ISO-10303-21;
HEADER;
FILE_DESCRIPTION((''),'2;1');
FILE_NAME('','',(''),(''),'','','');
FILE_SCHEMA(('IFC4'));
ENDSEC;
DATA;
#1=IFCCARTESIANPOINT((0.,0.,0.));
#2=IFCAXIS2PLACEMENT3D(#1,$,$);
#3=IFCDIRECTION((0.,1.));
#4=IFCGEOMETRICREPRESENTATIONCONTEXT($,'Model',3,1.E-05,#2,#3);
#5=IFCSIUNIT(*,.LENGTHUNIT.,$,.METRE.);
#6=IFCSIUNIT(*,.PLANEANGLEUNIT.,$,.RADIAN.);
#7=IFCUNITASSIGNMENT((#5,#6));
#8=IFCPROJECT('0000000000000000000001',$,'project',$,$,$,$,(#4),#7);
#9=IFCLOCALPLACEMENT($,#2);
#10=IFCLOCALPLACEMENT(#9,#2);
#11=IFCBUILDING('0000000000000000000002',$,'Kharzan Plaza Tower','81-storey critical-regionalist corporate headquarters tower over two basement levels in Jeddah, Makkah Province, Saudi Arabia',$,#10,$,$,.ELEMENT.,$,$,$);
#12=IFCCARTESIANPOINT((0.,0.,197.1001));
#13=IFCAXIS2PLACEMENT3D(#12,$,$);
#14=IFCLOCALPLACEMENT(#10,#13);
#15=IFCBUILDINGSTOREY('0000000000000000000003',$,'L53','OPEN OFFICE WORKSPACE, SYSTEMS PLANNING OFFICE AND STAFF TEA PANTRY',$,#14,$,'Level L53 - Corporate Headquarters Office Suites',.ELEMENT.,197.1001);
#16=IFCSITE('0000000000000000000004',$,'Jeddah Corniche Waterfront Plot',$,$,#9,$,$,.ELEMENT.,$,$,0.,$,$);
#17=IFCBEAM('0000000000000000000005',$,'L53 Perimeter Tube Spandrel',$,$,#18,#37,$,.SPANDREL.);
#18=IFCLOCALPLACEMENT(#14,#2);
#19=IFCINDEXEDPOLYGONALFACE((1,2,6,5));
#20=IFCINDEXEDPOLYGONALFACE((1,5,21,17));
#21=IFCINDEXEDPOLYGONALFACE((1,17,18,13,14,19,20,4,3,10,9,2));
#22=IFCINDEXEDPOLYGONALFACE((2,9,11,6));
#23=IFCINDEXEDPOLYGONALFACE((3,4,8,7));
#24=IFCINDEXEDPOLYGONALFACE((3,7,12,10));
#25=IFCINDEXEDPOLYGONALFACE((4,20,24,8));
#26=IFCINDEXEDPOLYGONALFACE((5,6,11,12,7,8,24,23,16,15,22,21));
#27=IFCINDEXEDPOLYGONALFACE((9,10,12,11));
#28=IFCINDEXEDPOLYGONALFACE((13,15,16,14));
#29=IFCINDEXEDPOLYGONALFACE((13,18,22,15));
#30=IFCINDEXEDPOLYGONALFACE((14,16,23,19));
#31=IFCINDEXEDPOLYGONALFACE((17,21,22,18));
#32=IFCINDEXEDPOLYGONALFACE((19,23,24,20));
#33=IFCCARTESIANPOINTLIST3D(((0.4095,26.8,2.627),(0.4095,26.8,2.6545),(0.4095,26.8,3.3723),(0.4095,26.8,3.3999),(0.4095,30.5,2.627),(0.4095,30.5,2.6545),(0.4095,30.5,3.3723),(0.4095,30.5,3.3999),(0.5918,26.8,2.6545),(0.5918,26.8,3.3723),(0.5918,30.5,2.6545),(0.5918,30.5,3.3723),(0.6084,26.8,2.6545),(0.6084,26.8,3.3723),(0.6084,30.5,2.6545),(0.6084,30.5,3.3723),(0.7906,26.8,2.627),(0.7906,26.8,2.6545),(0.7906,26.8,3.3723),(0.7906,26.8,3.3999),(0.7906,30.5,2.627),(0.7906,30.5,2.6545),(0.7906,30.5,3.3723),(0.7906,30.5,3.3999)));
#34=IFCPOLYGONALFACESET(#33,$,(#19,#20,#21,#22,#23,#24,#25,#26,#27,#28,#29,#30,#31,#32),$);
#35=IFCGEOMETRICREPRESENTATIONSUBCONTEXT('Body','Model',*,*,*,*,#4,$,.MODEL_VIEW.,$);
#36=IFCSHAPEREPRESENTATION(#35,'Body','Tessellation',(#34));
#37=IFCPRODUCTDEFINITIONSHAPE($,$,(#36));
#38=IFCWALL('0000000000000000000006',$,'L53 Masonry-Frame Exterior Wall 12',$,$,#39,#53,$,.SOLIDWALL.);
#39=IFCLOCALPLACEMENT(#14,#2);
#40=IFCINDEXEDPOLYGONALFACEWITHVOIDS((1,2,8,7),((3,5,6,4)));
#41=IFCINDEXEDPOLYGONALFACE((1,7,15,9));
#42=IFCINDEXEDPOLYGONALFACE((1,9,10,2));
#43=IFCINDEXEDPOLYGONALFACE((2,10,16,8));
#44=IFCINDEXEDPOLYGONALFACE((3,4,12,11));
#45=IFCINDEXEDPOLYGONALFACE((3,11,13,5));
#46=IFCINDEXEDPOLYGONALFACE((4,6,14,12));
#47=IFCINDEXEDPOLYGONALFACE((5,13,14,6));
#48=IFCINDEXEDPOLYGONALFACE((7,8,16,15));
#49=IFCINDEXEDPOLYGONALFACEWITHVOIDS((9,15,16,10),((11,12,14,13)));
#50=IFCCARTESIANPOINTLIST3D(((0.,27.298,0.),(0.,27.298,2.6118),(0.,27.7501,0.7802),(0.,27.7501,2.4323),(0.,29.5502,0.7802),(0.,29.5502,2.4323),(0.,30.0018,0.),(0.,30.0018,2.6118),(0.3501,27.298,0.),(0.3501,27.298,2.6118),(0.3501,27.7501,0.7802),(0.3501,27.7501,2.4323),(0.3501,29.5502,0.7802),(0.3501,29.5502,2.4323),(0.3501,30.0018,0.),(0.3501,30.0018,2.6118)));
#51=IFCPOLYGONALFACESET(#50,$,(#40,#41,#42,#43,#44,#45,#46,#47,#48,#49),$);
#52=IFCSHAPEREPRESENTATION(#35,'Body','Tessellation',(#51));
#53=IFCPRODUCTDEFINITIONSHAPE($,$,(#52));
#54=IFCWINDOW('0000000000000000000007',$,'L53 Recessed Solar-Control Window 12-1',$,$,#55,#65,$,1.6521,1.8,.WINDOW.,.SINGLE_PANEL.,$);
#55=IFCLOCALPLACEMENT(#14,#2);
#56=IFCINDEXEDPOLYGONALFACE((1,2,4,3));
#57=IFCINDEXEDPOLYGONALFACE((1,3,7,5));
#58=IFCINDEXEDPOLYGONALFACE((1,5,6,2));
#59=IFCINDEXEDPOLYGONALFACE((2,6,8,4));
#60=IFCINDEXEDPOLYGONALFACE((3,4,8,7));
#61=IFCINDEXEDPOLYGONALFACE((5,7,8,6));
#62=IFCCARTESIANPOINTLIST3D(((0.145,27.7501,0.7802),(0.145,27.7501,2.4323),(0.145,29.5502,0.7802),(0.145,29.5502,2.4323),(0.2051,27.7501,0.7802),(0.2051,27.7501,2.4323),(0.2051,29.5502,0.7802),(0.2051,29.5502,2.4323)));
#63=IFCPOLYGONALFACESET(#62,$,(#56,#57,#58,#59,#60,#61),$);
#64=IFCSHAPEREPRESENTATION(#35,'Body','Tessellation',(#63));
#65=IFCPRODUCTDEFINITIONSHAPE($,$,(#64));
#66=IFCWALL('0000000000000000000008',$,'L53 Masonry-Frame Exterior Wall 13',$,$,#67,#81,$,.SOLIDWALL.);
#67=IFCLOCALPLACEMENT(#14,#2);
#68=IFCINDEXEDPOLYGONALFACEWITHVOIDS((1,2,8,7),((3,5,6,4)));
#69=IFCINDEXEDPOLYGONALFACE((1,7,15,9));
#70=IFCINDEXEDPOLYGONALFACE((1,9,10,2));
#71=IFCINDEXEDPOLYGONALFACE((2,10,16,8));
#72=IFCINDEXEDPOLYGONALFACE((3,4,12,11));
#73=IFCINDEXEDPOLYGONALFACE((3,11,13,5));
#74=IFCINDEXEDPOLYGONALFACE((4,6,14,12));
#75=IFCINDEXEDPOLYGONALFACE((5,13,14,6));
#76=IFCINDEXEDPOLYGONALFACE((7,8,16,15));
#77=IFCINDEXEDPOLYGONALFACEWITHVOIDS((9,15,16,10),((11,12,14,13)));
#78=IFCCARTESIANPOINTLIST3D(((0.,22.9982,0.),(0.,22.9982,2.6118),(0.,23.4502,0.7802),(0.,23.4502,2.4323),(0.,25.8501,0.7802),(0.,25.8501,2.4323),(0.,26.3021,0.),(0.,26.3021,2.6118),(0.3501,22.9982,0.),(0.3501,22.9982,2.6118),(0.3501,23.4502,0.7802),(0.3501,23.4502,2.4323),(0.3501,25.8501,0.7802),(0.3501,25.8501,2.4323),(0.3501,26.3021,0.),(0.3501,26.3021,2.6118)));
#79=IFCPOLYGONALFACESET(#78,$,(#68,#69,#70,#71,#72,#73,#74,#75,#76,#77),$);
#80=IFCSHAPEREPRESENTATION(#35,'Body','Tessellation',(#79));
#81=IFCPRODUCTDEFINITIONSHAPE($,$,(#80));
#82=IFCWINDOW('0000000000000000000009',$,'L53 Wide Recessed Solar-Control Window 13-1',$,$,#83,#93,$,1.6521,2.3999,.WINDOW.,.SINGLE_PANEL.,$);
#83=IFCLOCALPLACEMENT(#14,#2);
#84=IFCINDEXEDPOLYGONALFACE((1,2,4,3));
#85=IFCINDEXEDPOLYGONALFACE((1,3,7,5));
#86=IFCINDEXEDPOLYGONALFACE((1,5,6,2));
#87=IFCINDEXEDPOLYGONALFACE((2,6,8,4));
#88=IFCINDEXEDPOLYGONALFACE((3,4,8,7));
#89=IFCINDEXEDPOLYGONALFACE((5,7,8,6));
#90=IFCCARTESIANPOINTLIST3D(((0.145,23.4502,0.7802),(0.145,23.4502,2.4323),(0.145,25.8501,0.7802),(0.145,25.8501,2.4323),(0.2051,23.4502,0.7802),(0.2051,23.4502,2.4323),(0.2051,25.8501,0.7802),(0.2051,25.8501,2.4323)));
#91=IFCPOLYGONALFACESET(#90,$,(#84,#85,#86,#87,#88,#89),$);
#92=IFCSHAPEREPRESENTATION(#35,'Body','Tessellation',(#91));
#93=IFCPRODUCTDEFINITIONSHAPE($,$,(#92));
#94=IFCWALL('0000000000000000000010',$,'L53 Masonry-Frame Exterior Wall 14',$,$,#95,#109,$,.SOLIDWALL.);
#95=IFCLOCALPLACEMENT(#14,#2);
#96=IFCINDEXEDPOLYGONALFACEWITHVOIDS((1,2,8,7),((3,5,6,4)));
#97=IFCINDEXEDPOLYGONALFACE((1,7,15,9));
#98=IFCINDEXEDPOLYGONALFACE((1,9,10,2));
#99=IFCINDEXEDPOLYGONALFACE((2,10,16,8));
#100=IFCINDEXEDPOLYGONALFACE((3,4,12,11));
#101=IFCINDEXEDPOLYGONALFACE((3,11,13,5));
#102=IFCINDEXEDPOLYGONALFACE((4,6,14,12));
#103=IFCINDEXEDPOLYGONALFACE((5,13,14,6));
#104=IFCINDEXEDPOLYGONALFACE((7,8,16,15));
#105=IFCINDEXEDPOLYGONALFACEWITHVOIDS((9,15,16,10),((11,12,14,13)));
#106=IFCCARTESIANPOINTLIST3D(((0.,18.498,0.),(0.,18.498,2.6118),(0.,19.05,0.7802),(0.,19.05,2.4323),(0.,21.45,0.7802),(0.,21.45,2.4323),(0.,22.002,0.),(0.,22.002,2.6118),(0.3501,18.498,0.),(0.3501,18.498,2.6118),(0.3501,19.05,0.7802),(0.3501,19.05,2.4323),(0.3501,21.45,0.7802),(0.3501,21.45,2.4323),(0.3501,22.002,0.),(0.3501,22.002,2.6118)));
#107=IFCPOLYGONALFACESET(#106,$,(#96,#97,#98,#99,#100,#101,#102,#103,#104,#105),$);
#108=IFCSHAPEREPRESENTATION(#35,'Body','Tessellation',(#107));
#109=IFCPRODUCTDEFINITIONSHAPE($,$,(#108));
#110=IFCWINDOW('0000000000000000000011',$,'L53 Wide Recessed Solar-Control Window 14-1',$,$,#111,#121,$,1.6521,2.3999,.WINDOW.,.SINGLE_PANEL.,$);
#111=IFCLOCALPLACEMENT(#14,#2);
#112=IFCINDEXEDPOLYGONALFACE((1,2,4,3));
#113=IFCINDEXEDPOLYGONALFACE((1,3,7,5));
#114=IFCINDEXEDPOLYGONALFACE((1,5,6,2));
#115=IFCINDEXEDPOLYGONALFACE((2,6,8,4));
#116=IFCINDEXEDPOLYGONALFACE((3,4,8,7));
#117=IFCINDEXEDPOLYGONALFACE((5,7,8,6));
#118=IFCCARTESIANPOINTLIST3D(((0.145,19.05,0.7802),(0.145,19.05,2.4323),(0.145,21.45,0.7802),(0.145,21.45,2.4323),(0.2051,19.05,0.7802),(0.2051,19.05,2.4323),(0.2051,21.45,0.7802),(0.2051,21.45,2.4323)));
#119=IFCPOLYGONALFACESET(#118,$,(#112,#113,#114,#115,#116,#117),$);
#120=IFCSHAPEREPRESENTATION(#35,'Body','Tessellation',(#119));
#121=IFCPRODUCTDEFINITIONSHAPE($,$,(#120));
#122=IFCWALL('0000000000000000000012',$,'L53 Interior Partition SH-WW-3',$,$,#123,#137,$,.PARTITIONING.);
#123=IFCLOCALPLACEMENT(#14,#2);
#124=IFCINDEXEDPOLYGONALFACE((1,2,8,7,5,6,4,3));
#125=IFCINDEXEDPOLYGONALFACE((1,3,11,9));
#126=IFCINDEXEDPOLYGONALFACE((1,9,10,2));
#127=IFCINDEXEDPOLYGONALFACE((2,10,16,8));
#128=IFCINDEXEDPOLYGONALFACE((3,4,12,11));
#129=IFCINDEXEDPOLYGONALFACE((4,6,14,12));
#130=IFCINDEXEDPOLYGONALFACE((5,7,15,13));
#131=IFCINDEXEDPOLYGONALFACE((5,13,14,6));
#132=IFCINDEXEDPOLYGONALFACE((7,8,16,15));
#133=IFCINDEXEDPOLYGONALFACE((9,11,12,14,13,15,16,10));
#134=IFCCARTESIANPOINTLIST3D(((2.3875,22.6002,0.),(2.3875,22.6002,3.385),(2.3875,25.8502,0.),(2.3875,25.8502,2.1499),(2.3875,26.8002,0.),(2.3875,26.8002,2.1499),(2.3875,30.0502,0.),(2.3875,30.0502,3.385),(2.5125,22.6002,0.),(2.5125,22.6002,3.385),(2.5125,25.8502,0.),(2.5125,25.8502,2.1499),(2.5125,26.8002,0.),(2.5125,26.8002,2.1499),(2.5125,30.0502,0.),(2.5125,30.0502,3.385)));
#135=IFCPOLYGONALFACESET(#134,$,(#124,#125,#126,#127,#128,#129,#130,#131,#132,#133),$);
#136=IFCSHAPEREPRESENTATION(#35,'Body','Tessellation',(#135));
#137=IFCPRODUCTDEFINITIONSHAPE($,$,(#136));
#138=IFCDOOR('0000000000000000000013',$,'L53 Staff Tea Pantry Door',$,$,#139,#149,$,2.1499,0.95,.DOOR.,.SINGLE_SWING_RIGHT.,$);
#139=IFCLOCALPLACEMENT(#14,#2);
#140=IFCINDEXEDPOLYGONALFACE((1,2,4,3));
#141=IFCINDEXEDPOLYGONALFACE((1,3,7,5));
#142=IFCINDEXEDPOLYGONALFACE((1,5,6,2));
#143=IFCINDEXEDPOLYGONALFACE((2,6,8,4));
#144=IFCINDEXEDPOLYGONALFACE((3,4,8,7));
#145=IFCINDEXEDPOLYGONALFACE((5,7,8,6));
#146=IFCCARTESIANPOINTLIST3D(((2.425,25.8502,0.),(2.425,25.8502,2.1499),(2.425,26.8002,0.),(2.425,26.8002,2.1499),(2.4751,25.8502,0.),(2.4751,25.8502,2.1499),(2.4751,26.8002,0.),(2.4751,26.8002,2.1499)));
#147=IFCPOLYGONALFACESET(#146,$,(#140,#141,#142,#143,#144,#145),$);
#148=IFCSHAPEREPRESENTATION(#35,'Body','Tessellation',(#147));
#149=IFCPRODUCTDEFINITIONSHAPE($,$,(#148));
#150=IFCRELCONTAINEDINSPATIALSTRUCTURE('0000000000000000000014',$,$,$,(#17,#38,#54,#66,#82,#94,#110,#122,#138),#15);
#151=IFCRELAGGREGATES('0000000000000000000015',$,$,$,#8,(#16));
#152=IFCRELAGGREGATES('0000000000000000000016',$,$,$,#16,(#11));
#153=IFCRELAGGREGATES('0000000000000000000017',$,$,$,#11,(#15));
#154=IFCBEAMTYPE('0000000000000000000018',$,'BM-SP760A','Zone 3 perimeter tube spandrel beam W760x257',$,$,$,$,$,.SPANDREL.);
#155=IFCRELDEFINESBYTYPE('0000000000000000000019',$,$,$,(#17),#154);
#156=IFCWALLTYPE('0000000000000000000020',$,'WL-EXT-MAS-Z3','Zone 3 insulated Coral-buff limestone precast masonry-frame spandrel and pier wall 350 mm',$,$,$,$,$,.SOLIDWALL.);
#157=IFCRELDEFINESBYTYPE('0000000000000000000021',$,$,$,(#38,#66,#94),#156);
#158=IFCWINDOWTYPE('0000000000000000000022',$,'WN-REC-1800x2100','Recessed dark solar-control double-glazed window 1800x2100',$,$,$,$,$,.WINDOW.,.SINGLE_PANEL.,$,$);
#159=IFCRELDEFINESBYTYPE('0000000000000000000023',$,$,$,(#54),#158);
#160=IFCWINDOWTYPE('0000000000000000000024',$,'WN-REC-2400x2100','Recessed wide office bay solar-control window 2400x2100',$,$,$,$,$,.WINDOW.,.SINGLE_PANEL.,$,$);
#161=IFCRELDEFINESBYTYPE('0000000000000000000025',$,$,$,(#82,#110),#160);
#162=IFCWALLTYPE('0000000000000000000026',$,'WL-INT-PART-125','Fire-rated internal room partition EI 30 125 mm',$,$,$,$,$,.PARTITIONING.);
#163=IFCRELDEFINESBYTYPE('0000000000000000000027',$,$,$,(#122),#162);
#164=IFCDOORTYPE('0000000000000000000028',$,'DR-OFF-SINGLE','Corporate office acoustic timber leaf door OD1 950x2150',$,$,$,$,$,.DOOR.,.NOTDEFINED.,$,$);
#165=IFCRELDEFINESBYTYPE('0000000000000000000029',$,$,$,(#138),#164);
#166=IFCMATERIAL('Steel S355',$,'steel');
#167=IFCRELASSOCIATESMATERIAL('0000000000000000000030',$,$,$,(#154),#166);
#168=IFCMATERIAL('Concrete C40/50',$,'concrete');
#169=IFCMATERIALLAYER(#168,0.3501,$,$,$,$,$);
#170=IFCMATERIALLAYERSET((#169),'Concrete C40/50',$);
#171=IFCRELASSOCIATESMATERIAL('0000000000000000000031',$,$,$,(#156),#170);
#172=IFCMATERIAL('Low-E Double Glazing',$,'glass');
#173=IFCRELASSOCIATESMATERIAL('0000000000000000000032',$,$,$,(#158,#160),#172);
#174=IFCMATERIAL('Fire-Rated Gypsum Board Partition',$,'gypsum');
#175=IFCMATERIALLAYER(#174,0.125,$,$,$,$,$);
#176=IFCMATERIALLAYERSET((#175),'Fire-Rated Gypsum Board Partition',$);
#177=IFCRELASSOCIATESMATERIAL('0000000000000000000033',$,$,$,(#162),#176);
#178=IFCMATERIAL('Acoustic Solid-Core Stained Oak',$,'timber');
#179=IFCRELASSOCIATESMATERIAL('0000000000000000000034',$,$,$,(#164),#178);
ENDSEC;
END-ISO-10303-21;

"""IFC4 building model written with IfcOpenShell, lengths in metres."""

from ifc_helpers import new_model, si_unit, direction, frame, frame_2d, origin, origin_2d, place, context, subcontext, project, spatial, rectangle, i_section, extrude, source, transform, mapped, material, layer, layer_set, material_profile, profile_set, type_object, element, fill, save


model = new_model("IFC4")

# Units and contexts
model_context = context("Model", 3, precision=1e-05, world=origin(), true_north=direction((0.0, 1.0)))
body_context = subcontext(model_context, "Body", "Model", "MODEL_VIEW")
ifc_project = project(units=[si_unit("LENGTHUNIT", "METRE"), si_unit("PLANEANGLEUNIT", "RADIAN")], contexts=[model_context])

# Site, building, storey
site_placement = place(None, origin())
site = spatial("IfcSite", under=ifc_project, at=site_placement, Name="Jeddah Corniche Waterfront Plot", CompositionType="ELEMENT", RefElevation=0.0)
building_placement = place(site_placement, origin())
building = spatial("IfcBuilding", under=site, at=building_placement, Name="Kharzan Plaza Tower", Description="81-storey critical-regionalist corporate headquarters tower over two basement levels in Jeddah, Makkah Province, Saudi Arabia", CompositionType="ELEMENT")
storey_placement = place(building_placement, frame((0.0, 0.0, 197.1001)))
storey = spatial("IfcBuildingStorey", under=building, at=storey_placement, Name="L53", Description="OPEN OFFICE WORKSPACE, SYSTEMS PLANNING OFFICE AND STAFF TEA PANTRY", LongName="Level L53 - Corporate Headquarters Office Suites", CompositionType="ELEMENT", Elevation=197.1001)

# Beam
ifc_material_1 = material(Name="Steel S355", Category="steel")
ifc_material_profile_1 = material_profile(ifc_material_1, i_section(OverallWidth=0.3811, OverallDepth=0.7729, WebThickness=0.0166, FlangeThickness=0.0276, at=origin_2d()), Name="W760x257")
ifc_profile_set_1 = profile_set([ifc_material_profile_1], Name="Steel S355")
beam_type_1 = type_object("IfcBeamType", Name="BM-SP760A", Description="Zone 3 perimeter tube spandrel beam W760x257", PredefinedType="SPANDREL", material=ifc_profile_set_1)
shared_shape_1 = source(origin(), body_context, "Body", "SweptSolid", [
    extrude(i_section(OverallWidth=0.3811, OverallDepth=0.7729, WebThickness=0.0166, FlangeThickness=0.0276, at=origin_2d()), origin(), (0.0, 0.0, 1.0), 3.7),
])
beam_1_placement = place(storey_placement, frame((0.6001, 26.8, 3.0134), z_axis=(0.0, 1.0, 0.0), x_axis=(-1.0, 0.0, 0.0)))
element("IfcBeam", 1, at=beam_1_placement, inside=storey, type_object=beam_type_1, Name="L53 Perimeter Tube Spandrel", PredefinedType="SPANDREL", context=body_context, shape_type="MappedRepresentation", body=[
    mapped(shared_shape_1, transform((0.0, 0.0, 0.0), x_axis=(1.0, 0.0, 0.0), y_axis=(0.0, 1.0, 0.0), z_axis=(0.0, 0.0, 1.0))),
])

# Walls, openings, windows
ifc_material_2 = material(Name="Concrete C40/50", Category="concrete")
ifc_layer_1 = layer(ifc_material_2, 0.3501)
ifc_layer_set_1 = layer_set([ifc_layer_1], Name="Concrete C40/50")
wall_type_1 = type_object("IfcWallType", Name="WL-EXT-MAS-Z3", Description="Zone 3 insulated Coral-buff limestone precast masonry-frame spandrel and pier wall 350 mm", PredefinedType="SOLIDWALL", material=ifc_layer_set_1)
wall_1_placement = place(storey_placement, frame((0.175, 30.002, 0.0), z_axis=(0.0, 0.0, 1.0), x_axis=(0.0, -1.0, 0.0)))
wall_1 = element("IfcWall", 2, at=wall_1_placement, inside=storey, type_object=wall_type_1, Name="L53 Masonry-Frame Exterior Wall 12", PredefinedType="SOLIDWALL", context=body_context, shape_type="SweptSolid", body=[
    extrude(rectangle(XDim=2.7039, YDim=0.3501, at=frame_2d((1.3521, 0.0))), origin(), (0.0, 0.0, 1.0), 2.6118),
])
opening_1_placement = place(wall_1_placement, frame((0.4519, 0.0, 0.78)))
opening_1 = element("IfcOpeningElement", 3, at=opening_1_placement, cuts=wall_1, PredefinedType="OPENING", context=body_context, shape_type="SweptSolid", body=[
    extrude(rectangle(XDim=1.8, YDim=1.6521, at=frame_2d((0.8999, 0.8262))), frame((0.0, 0.1851, 0.0), z_axis=(0.0, -1.0, 0.0), x_axis=(1.0, 0.0, 0.0)), (0.0, 0.0, 1.0), 0.3701),
])
ifc_material_3 = material(Name="Low-E Double Glazing", Category="glass")
window_type_1 = type_object("IfcWindowType", Name="WN-REC-1800x2100", Description="Recessed dark solar-control double-glazed window 1800x2100", PartitioningType="SINGLE_PANEL", PredefinedType="WINDOW", material=ifc_material_3)
shared_shape_2 = source(origin(), body_context, "Body", "SweptSolid", [
    extrude(rectangle(XDim=1.8, YDim=1.6521, at=frame_2d((0.8999, 0.8262))), frame((0.0, 0.03, 0.0), z_axis=(0.0, -1.0, 0.0), x_axis=(1.0, 0.0, 0.0)), (0.0, 0.0, 1.0), 0.0601),
])
window_1_placement = place(opening_1_placement, origin())
window_1 = element("IfcWindow", 4, at=window_1_placement, inside=storey, type_object=window_type_1, Name="L53 Recessed Solar-Control Window 12-1", OverallHeight=1.6521, OverallWidth=1.8, PartitioningType="SINGLE_PANEL", PredefinedType="WINDOW", context=body_context, shape_type="MappedRepresentation", body=[
    mapped(shared_shape_2, transform((0.0, 0.0, 0.0), x_axis=(1.0, 0.0, 0.0), y_axis=(0.0, 1.0, 0.0), z_axis=(0.0, 0.0, 1.0))),
])
fill(opening_1, window_1)
wall_2_placement = place(storey_placement, frame((0.175, 26.302, 0.0), z_axis=(0.0, 0.0, 1.0), x_axis=(0.0, -1.0, 0.0)))
wall_2 = element("IfcWall", 5, at=wall_2_placement, inside=storey, type_object=wall_type_1, Name="L53 Masonry-Frame Exterior Wall 13", PredefinedType="SOLIDWALL", context=body_context, shape_type="SweptSolid", body=[
    extrude(rectangle(XDim=3.304, YDim=0.3501, at=frame_2d((1.6519, 0.0))), origin(), (0.0, 0.0, 1.0), 2.6118),
])
opening_2_placement = place(wall_2_placement, frame((0.4519, 0.0, 0.78)))
opening_2 = element("IfcOpeningElement", 6, at=opening_2_placement, cuts=wall_2, PredefinedType="OPENING", context=body_context, shape_type="SweptSolid", body=[
    extrude(rectangle(XDim=2.3999, YDim=1.6521, at=frame_2d((1.2, 0.8262))), frame((0.0, 0.1851, 0.0), z_axis=(0.0, -1.0, 0.0), x_axis=(1.0, 0.0, 0.0)), (0.0, 0.0, 1.0), 0.3701),
])
window_type_2 = type_object("IfcWindowType", Name="WN-REC-2400x2100", Description="Recessed wide office bay solar-control window 2400x2100", PartitioningType="SINGLE_PANEL", PredefinedType="WINDOW", material=ifc_material_3)
shared_shape_3 = source(origin(), body_context, "Body", "SweptSolid", [
    extrude(rectangle(XDim=2.3999, YDim=1.6521, at=frame_2d((1.2, 0.8262))), frame((0.0, 0.03, 0.0), z_axis=(0.0, -1.0, 0.0), x_axis=(1.0, 0.0, 0.0)), (0.0, 0.0, 1.0), 0.0601),
])
window_2_placement = place(opening_2_placement, origin())
window_2 = element("IfcWindow", 7, at=window_2_placement, inside=storey, type_object=window_type_2, Name="L53 Wide Recessed Solar-Control Window 13-1", OverallHeight=1.6521, OverallWidth=2.3999, PartitioningType="SINGLE_PANEL", PredefinedType="WINDOW", context=body_context, shape_type="MappedRepresentation", body=[
    mapped(shared_shape_3, transform((0.0, 0.0, 0.0), x_axis=(1.0, 0.0, 0.0), y_axis=(0.0, 1.0, 0.0), z_axis=(0.0, 0.0, 1.0))),
])
fill(opening_2, window_2)
wall_3_placement = place(storey_placement, frame((0.175, 22.002, 0.0), z_axis=(0.0, 0.0, 1.0), x_axis=(0.0, -1.0, 0.0)))
wall_3 = element("IfcWall", 8, at=wall_3_placement, inside=storey, type_object=wall_type_1, Name="L53 Masonry-Frame Exterior Wall 14", PredefinedType="SOLIDWALL", context=body_context, shape_type="SweptSolid", body=[
    extrude(rectangle(XDim=3.5039, YDim=0.3501, at=frame_2d((1.752, 0.0))), origin(), (0.0, 0.0, 1.0), 2.6118),
])
opening_3_placement = place(wall_3_placement, frame((0.552, 0.0, 0.78)))
opening_3 = element("IfcOpeningElement", 9, at=opening_3_placement, cuts=wall_3, PredefinedType="OPENING", context=body_context, shape_type="SweptSolid", body=[
    extrude(rectangle(XDim=2.3999, YDim=1.6521, at=frame_2d((1.2, 0.8262))), frame((0.0, 0.1851, 0.0), z_axis=(0.0, -1.0, 0.0), x_axis=(1.0, 0.0, 0.0)), (0.0, 0.0, 1.0), 0.3701),
])
window_3_placement = place(opening_3_placement, origin())
window_3 = element("IfcWindow", 10, at=window_3_placement, inside=storey, type_object=window_type_2, Name="L53 Wide Recessed Solar-Control Window 14-1", OverallHeight=1.6521, OverallWidth=2.3999, PartitioningType="SINGLE_PANEL", PredefinedType="WINDOW", context=body_context, shape_type="MappedRepresentation", body=[
    mapped(shared_shape_3, transform((0.0, 0.0, 0.0), x_axis=(1.0, 0.0, 0.0), y_axis=(0.0, 1.0, 0.0), z_axis=(0.0, 0.0, 1.0))),
])
fill(opening_3, window_3)

# Wall, opening, door
ifc_material_4 = material(Name="Fire-Rated Gypsum Board Partition", Category="gypsum")
ifc_layer_2 = layer(ifc_material_4, 0.125)
ifc_layer_set_2 = layer_set([ifc_layer_2], Name="Fire-Rated Gypsum Board Partition")
wall_type_2 = type_object("IfcWallType", Name="WL-INT-PART-125", Description="Fire-rated internal room partition EI 30 125 mm", PredefinedType="PARTITIONING", material=ifc_layer_set_2)
wall_4_placement = place(storey_placement, frame((2.45, 22.6001, 0.0), z_axis=(0.0, 0.0, 1.0), x_axis=(0.0, 1.0, 0.0)))
wall_4 = element("IfcWall", 11, at=wall_4_placement, inside=storey, type_object=wall_type_2, Name="L53 Interior Partition SH-WW-3", PredefinedType="PARTITIONING", context=body_context, shape_type="SweptSolid", body=[
    extrude(rectangle(XDim=7.45, YDim=0.125, at=frame_2d((3.7251, 0.0))), origin(), (0.0, 0.0, 1.0), 3.385),
])
opening_4_placement = place(wall_4_placement, frame((3.25, 0.0, 0.0)))
opening_4 = element("IfcOpeningElement", 12, at=opening_4_placement, cuts=wall_4, PredefinedType="OPENING", context=body_context, shape_type="SweptSolid", body=[
    extrude(rectangle(XDim=0.95, YDim=2.1499, at=frame_2d((0.4751, 1.075))), frame((0.0, 0.0725, 0.0), z_axis=(0.0, -1.0, 0.0), x_axis=(1.0, 0.0, 0.0)), (0.0, 0.0, 1.0), 0.145),
])
ifc_material_5 = material(Name="Acoustic Solid-Core Stained Oak", Category="timber")
door_type_1 = type_object("IfcDoorType", Name="DR-OFF-SINGLE", Description="Corporate office acoustic timber leaf door OD1 950x2150", OperationType="NOTDEFINED", PredefinedType="DOOR", material=ifc_material_5)
shared_shape_4 = source(origin(), body_context, "Body", "SweptSolid", [
    extrude(rectangle(XDim=0.95, YDim=2.1499, at=frame_2d((0.4751, 1.075))), frame((0.0, 0.0249, 0.0), z_axis=(0.0, -1.0, 0.0), x_axis=(1.0, 0.0, 0.0)), (0.0, 0.0, 1.0), 0.05),
])
door_1_placement = place(opening_4_placement, origin())
door_1 = element("IfcDoor", 13, at=door_1_placement, inside=storey, type_object=door_type_1, Name="L53 Staff Tea Pantry Door", OperationType="SINGLE_SWING_RIGHT", OverallHeight=2.1499, OverallWidth=0.95, PredefinedType="DOOR", context=body_context, shape_type="MappedRepresentation", body=[
    mapped(shared_shape_4, transform((0.0, 0.0, 0.0), x_axis=(1.0, 0.0, 0.0), y_axis=(0.0, 1.0, 0.0), z_axis=(0.0, 0.0, 1.0))),
])
fill(opening_4, door_1)

save(model, "model.ifc")
